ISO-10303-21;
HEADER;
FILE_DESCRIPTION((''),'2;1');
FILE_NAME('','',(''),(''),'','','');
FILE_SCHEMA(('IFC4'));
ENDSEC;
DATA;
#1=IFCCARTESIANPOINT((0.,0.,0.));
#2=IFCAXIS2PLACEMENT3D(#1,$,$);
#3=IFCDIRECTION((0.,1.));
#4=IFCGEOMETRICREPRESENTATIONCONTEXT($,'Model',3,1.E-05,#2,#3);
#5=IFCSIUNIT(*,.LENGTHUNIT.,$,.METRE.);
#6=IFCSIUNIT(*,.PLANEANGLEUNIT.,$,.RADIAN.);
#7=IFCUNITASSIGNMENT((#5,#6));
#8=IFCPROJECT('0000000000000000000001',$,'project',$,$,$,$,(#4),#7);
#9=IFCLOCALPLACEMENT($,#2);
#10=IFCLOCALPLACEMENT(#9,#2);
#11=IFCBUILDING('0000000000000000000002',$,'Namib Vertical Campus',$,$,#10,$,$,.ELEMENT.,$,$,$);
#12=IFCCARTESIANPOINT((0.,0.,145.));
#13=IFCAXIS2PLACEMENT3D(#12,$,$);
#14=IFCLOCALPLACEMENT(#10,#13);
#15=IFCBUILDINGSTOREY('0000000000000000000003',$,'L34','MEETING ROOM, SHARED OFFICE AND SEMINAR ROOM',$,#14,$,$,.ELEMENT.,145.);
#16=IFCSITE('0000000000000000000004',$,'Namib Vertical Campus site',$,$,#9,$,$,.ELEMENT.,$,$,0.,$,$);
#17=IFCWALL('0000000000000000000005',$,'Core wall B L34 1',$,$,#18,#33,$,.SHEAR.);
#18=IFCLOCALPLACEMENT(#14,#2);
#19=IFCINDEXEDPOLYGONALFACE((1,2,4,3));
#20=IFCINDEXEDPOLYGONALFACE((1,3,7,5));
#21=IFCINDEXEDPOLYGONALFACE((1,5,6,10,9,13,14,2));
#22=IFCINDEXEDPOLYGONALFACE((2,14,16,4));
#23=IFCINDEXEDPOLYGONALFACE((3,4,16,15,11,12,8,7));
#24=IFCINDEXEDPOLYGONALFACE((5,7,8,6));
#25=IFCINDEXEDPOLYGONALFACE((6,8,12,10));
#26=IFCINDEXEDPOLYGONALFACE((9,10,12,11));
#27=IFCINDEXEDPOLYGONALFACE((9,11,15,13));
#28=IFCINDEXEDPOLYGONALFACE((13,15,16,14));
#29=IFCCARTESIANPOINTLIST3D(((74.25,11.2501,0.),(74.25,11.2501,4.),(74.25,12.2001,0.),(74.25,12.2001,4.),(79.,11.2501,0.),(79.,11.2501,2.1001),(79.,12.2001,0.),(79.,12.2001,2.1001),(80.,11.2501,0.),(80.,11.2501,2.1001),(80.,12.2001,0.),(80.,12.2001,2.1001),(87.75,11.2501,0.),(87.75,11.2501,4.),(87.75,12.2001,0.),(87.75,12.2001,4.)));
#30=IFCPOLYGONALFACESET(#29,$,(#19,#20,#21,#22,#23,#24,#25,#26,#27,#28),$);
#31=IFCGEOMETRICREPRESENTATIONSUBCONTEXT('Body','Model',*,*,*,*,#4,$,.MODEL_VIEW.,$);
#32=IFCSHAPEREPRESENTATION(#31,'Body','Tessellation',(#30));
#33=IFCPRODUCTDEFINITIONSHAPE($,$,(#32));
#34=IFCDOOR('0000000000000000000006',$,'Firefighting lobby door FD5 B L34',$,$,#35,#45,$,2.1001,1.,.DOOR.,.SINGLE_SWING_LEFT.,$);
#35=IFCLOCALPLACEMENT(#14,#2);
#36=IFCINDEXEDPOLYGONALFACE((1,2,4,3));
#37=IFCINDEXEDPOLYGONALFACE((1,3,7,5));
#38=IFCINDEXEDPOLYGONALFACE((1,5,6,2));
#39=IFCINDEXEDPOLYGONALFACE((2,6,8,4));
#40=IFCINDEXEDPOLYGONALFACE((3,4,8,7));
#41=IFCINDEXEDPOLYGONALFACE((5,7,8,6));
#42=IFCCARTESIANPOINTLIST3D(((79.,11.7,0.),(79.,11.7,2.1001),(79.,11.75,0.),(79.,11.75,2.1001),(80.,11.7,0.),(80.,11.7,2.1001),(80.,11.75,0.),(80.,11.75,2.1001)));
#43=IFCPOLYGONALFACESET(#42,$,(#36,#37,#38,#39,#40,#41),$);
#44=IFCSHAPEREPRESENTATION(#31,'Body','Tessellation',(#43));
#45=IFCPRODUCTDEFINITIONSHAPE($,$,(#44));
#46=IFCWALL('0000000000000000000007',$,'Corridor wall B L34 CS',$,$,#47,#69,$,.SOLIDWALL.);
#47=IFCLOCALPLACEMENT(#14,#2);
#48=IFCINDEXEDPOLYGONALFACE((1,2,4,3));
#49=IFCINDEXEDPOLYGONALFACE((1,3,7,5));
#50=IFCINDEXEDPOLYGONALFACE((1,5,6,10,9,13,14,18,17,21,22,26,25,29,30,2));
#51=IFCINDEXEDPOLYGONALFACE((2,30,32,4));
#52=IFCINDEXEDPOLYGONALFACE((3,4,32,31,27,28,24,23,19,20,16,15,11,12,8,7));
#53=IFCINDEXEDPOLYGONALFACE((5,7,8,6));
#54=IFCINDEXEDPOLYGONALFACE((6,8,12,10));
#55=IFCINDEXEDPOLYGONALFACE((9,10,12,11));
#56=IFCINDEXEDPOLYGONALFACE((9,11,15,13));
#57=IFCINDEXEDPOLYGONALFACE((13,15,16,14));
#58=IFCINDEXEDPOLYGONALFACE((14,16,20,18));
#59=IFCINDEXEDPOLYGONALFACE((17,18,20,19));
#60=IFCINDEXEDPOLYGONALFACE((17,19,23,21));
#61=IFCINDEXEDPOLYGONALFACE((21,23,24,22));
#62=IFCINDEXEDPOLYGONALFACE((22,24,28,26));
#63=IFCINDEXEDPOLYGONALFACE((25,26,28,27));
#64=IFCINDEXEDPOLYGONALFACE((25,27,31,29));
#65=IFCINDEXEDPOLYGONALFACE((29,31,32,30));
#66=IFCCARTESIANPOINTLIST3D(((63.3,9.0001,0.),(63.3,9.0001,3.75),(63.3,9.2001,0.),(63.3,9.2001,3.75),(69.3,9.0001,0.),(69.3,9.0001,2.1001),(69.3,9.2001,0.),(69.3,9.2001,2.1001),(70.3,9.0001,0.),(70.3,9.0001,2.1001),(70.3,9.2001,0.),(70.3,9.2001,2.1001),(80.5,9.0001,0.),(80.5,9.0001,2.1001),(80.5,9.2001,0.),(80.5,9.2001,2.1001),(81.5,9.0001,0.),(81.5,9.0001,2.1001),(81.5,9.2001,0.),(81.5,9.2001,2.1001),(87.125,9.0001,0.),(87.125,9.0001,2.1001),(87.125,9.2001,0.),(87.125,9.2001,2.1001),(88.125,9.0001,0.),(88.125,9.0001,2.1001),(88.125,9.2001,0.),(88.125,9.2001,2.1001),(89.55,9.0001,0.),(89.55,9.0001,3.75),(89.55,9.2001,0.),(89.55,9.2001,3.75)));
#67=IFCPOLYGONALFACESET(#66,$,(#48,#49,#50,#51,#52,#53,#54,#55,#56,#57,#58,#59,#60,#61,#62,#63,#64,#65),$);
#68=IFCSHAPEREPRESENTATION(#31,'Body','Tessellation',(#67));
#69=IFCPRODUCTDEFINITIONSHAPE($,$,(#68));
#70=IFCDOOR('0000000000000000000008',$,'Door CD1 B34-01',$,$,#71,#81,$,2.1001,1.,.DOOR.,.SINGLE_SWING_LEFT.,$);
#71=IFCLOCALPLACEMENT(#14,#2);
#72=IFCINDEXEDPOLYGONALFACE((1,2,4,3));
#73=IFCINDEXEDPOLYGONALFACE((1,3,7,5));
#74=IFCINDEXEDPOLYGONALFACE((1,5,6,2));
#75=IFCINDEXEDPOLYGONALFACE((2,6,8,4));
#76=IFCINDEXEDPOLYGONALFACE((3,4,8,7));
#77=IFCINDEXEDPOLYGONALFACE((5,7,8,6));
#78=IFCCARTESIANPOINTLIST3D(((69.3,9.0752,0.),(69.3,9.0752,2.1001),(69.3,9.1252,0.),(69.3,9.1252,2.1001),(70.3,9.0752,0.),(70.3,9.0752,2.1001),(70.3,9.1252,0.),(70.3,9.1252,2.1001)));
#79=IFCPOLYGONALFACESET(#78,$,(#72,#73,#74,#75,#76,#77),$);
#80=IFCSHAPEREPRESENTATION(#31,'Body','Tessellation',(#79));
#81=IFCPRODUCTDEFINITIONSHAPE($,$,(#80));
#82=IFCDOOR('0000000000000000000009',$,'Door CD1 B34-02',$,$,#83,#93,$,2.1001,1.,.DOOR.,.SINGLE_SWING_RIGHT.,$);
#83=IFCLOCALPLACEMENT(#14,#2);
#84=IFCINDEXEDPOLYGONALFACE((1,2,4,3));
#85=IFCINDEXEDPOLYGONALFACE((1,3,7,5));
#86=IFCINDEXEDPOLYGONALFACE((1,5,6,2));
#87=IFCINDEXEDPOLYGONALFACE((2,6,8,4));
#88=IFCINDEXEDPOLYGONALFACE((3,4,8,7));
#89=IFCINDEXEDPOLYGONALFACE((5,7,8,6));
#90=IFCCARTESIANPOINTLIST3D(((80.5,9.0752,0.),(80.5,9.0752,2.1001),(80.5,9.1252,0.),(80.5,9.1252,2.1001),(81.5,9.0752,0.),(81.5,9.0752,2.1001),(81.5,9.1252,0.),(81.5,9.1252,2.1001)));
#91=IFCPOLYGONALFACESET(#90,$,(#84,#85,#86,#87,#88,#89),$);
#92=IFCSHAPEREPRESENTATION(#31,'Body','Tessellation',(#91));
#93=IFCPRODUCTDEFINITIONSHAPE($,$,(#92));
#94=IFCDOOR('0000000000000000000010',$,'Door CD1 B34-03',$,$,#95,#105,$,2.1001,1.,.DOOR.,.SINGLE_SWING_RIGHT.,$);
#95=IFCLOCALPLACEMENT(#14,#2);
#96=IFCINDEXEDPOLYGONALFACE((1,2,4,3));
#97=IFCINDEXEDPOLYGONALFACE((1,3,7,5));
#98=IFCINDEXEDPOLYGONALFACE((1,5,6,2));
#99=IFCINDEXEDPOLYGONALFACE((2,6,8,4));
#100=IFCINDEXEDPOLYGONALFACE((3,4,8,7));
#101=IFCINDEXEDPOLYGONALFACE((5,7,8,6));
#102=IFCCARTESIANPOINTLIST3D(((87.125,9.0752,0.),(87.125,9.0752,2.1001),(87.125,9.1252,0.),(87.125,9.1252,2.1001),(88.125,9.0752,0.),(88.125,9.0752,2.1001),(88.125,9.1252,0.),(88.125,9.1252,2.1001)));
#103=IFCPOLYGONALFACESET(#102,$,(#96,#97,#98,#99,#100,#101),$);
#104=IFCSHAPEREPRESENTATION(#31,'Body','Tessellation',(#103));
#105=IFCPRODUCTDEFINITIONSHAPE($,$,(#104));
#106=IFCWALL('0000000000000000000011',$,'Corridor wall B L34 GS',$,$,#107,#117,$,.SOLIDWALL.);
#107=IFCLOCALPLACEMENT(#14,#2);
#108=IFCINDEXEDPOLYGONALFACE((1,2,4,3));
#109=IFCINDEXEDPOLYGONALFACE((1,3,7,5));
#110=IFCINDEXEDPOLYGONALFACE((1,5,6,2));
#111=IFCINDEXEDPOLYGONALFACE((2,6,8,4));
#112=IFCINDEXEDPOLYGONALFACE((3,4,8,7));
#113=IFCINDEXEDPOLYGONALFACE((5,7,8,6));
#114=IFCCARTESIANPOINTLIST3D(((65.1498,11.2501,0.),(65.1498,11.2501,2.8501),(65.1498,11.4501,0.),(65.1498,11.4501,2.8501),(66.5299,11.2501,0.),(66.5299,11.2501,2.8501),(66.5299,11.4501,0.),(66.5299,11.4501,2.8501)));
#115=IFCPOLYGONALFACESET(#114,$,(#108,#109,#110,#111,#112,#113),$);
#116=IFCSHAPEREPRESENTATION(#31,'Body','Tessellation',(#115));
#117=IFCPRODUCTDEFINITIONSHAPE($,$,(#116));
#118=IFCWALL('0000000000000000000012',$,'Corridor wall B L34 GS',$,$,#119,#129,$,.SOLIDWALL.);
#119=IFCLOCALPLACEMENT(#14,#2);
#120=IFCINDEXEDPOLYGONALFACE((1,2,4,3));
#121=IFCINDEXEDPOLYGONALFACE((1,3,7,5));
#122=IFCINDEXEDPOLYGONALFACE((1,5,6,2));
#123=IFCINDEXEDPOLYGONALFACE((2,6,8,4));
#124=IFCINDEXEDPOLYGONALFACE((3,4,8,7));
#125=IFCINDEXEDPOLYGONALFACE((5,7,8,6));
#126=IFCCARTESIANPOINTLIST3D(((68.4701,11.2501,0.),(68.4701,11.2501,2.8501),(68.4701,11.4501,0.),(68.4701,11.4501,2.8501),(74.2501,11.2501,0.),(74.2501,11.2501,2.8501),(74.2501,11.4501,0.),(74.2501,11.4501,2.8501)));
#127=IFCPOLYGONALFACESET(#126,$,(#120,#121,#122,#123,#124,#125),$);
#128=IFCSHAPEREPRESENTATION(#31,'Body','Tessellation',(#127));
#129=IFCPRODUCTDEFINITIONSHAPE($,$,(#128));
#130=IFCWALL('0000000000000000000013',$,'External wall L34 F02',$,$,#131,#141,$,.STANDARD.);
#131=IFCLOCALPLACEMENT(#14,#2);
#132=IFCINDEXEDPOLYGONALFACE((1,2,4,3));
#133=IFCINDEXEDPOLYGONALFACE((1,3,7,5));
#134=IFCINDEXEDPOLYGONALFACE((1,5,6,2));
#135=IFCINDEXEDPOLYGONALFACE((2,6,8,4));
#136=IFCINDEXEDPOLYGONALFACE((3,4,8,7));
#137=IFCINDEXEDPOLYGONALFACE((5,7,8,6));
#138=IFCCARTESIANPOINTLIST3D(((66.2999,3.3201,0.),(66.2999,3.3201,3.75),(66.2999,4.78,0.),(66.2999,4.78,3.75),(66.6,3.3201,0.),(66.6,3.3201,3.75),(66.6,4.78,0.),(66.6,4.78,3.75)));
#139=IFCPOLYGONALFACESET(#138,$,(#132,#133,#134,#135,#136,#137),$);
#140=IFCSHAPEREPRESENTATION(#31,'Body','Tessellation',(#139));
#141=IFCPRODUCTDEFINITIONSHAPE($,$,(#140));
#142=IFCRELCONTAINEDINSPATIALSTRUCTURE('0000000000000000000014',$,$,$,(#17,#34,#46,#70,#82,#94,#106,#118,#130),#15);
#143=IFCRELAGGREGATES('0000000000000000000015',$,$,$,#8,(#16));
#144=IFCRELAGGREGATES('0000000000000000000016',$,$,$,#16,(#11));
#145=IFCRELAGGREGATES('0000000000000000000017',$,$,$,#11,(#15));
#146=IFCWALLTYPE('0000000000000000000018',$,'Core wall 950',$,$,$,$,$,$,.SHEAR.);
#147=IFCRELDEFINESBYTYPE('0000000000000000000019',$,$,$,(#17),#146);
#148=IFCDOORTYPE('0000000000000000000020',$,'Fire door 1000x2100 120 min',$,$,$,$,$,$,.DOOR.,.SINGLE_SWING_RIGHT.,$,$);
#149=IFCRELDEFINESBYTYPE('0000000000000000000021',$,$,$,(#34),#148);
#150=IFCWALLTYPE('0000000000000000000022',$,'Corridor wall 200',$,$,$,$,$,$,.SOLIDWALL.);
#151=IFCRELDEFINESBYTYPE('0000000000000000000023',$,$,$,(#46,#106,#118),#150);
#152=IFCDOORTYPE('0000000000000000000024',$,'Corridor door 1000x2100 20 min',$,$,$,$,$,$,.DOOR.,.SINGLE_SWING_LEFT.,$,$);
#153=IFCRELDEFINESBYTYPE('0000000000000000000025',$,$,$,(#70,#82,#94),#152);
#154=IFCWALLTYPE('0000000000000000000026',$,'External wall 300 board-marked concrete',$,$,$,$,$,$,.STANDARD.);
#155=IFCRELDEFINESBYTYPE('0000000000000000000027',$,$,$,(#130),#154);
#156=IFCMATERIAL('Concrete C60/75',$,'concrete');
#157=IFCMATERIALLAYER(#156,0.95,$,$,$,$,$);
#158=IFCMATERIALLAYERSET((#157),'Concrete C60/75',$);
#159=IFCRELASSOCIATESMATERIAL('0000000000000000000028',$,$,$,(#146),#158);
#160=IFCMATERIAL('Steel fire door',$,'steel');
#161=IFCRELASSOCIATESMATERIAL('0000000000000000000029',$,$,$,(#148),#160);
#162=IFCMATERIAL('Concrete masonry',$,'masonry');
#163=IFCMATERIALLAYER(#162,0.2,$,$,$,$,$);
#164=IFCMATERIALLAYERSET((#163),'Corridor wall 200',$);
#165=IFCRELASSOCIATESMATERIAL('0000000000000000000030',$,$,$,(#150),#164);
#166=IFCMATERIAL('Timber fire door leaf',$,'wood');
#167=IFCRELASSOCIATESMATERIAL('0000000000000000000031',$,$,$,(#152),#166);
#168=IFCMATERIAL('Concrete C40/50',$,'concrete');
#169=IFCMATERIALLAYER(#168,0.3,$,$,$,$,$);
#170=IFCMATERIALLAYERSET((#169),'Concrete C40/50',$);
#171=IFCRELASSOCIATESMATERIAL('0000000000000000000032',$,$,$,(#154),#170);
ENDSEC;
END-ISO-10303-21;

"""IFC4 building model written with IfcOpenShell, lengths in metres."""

from ifc_helpers import new_model, si_unit, direction, frame, frame_2d, origin, place, context, subcontext, project, spatial, rectangle, extrude, material, layer, layer_set, type_object, element, fill, save


model = new_model("IFC4")

# Units and contexts
model_context = context("Model", 3, precision=1e-05, world=origin(), true_north=direction((0.0, 1.0)))
body_context = subcontext(model_context, "Body", "Model", "MODEL_VIEW")
ifc_project = project(units=[si_unit("LENGTHUNIT", "METRE"), si_unit("PLANEANGLEUNIT", "RADIAN")], contexts=[model_context])

# Site, building, storey
site_placement = place(None, origin())
site = spatial("IfcSite", under=ifc_project, at=site_placement, Name="Namib Vertical Campus site", CompositionType="ELEMENT", RefElevation=0.0)
building_placement = place(site_placement, origin())
building = spatial("IfcBuilding", under=site, at=building_placement, Name="Namib Vertical Campus", CompositionType="ELEMENT")
storey_placement = place(building_placement, frame((0.0, 0.0, 145.0)))
storey = spatial("IfcBuildingStorey", under=building, at=storey_placement, Name="L34", Description="MEETING ROOM, SHARED OFFICE AND SEMINAR ROOM", CompositionType="ELEMENT", Elevation=145.0)

# Wall, opening, door
ifc_material_1 = material(Name="Concrete C60/75", Category="concrete")
ifc_layer_1 = layer(ifc_material_1, 0.95)
ifc_layer_set_1 = layer_set([ifc_layer_1], Name="Concrete C60/75")
wall_type_1 = type_object("IfcWallType", Name="Core wall 950", PredefinedType="SHEAR", material=ifc_layer_set_1)
wall_1_placement = place(storey_placement, frame((74.25, 11.7251, 0.0), z_axis=(0.0, 0.0, 1.0), x_axis=(1.0, 0.0, 0.0)))
wall_1 = element("IfcWall", 1, at=wall_1_placement, inside=storey, type_object=wall_type_1, Name="Core wall B L34 1", PredefinedType="SHEAR", context=body_context, shape_type="SweptSolid", body=[
    extrude(rectangle(XDim=13.5, YDim=0.95, at=frame_2d((6.75, 0.0))), origin(), (0.0, 0.0, 1.0), 4.0),
])
opening_1_placement = place(wall_1_placement, frame((4.75, 0.0, 0.0)))
opening_1 = element("IfcOpeningElement", 2, at=opening_1_placement, cuts=wall_1, PredefinedType="OPENING", context=body_context, shape_type="SweptSolid", body=[
    extrude(rectangle(XDim=1.0, YDim=2.1001, at=frame_2d((0.5, 1.05))), frame((0.0, 0.4849, 0.0), z_axis=(0.0, -1.0, 0.0), x_axis=(1.0, 0.0, 0.0)), (0.0, 0.0, 1.0), 0.97),
])
ifc_material_2 = material(Name="Steel fire door", Category="steel")
door_type_1 = type_object("IfcDoorType", Name="Fire door 1000x2100 120 min", OperationType="SINGLE_SWING_RIGHT", PredefinedType="DOOR", material=ifc_material_2)
door_1_placement = place(opening_1_placement, origin())
door_1 = element("IfcDoor", 3, at=door_1_placement, inside=storey, type_object=door_type_1, Name="Firefighting lobby door FD5 B L34", OperationType="SINGLE_SWING_LEFT", OverallHeight=2.1001, OverallWidth=1.0, PredefinedType="DOOR", context=body_context, shape_type="SweptSolid", body=[
    extrude(rectangle(XDim=1.0, YDim=2.1001, at=frame_2d((0.5, 1.05))), frame((0.0, 0.0249, 0.0), z_axis=(0.0, -1.0, 0.0), x_axis=(1.0, 0.0, 0.0)), (0.0, 0.0, 1.0), 0.05),
])
fill(opening_1, door_1)

# Wall, openings, doors
ifc_material_3 = material(Name="Concrete masonry", Category="masonry")
ifc_layer_2 = layer(ifc_material_3, 0.2)
ifc_layer_set_2 = layer_set([ifc_layer_2], Name="Corridor wall 200")
wall_type_2 = type_object("IfcWallType", Name="Corridor wall 200", PredefinedType="SOLIDWALL", material=ifc_layer_set_2)
wall_2_placement = place(storey_placement, frame((63.3, 9.1001, 0.0), z_axis=(0.0, 0.0, 1.0), x_axis=(1.0, 0.0, 0.0)))
wall_2 = element("IfcWall", 4, at=wall_2_placement, inside=storey, type_object=wall_type_2, Name="Corridor wall B L34 CS", PredefinedType="SOLIDWALL", context=body_context, shape_type="SweptSolid", body=[
    extrude(rectangle(XDim=26.25, YDim=0.2, at=frame_2d((13.125, 0.0))), origin(), (0.0, 0.0, 1.0), 3.75),
])
opening_2_placement = place(wall_2_placement, frame((6.0, 0.0, 0.0)))
opening_2 = element("IfcOpeningElement", 5, at=opening_2_placement, cuts=wall_2, PredefinedType="OPENING", context=body_context, shape_type="SweptSolid", body=[
    extrude(rectangle(XDim=1.0, YDim=2.1001, at=frame_2d((0.5, 1.05))), frame((0.0, 0.1099, 0.0), z_axis=(0.0, -1.0, 0.0), x_axis=(1.0, 0.0, 0.0)), (0.0, 0.0, 1.0), 0.22),
])
opening_3_placement = place(wall_2_placement, frame((17.2, 0.0, 0.0)))
opening_3 = element("IfcOpeningElement", 6, at=opening_3_placement, cuts=wall_2, PredefinedType="OPENING", context=body_context, shape_type="SweptSolid", body=[
    extrude(rectangle(XDim=1.0, YDim=2.1001, at=frame_2d((0.5, 1.05))), frame((0.0, 0.1099, 0.0), z_axis=(0.0, -1.0, 0.0), x_axis=(1.0, 0.0, 0.0)), (0.0, 0.0, 1.0), 0.22),
])
opening_4_placement = place(wall_2_placement, frame((23.825, 0.0, 0.0)))
opening_4 = element("IfcOpeningElement", 7, at=opening_4_placement, cuts=wall_2, PredefinedType="OPENING", context=body_context, shape_type="SweptSolid", body=[
    extrude(rectangle(XDim=1.0, YDim=2.1001, at=frame_2d((0.5, 1.05))), frame((0.0, 0.1099, 0.0), z_axis=(0.0, -1.0, 0.0), x_axis=(1.0, 0.0, 0.0)), (0.0, 0.0, 1.0), 0.22),
])
ifc_material_4 = material(Name="Timber fire door leaf", Category="wood")
door_type_2 = type_object("IfcDoorType", Name="Corridor door 1000x2100 20 min", OperationType="SINGLE_SWING_LEFT", PredefinedType="DOOR", material=ifc_material_4)
door_2_placement = place(opening_2_placement, frame((1.0, 0.0, 0.0), z_axis=(0.0, 0.0, 1.0), x_axis=(-1.0, 0.0, 0.0)))
door_2 = element("IfcDoor", 8, at=door_2_placement, inside=storey, type_object=door_type_2, Name="Door CD1 B34-01", OperationType="SINGLE_SWING_LEFT", OverallHeight=2.1001, OverallWidth=1.0, PredefinedType="DOOR", context=body_context, shape_type="SweptSolid", body=[
    extrude(rectangle(XDim=1.0, YDim=2.1001, at=frame_2d((0.5, 1.05))), frame((0.0, 0.0249, 0.0), z_axis=(0.0, -1.0, 0.0), x_axis=(1.0, 0.0, 0.0)), (0.0, 0.0, 1.0), 0.05),
])
fill(opening_2, door_2)
door_3_placement = place(opening_3_placement, frame((1.0, 0.0, 0.0), z_axis=(0.0, 0.0, 1.0), x_axis=(-1.0, 0.0, 0.0)))
door_3 = element("IfcDoor", 9, at=door_3_placement, inside=storey, type_object=door_type_2, Name="Door CD1 B34-02", OperationType="SINGLE_SWING_RIGHT", OverallHeight=2.1001, OverallWidth=1.0, PredefinedType="DOOR", context=body_context, shape_type="SweptSolid", body=[
    extrude(rectangle(XDim=1.0, YDim=2.1001, at=frame_2d((0.5, 1.05))), frame((0.0, 0.0249, 0.0), z_axis=(0.0, -1.0, 0.0), x_axis=(1.0, 0.0, 0.0)), (0.0, 0.0, 1.0), 0.05),
])
fill(opening_3, door_3)
door_4_placement = place(opening_4_placement, frame((1.0, 0.0, 0.0), z_axis=(0.0, 0.0, 1.0), x_axis=(-1.0, 0.0, 0.0)))
door_4 = element("IfcDoor", 10, at=door_4_placement, inside=storey, type_object=door_type_2, Name="Door CD1 B34-03", OperationType="SINGLE_SWING_RIGHT", OverallHeight=2.1001, OverallWidth=1.0, PredefinedType="DOOR", context=body_context, shape_type="SweptSolid", body=[
    extrude(rectangle(XDim=1.0, YDim=2.1001, at=frame_2d((0.5, 1.05))), frame((0.0, 0.0249, 0.0), z_axis=(0.0, -1.0, 0.0), x_axis=(1.0, 0.0, 0.0)), (0.0, 0.0, 1.0), 0.05),
])
fill(opening_4, door_4)

# Walls
wall_3_placement = place(storey_placement, frame((65.1499, 11.3501, 0.0), z_axis=(0.0, 0.0, 1.0), x_axis=(1.0, 0.0, 0.0)))
element("IfcWall", 11, at=wall_3_placement, inside=storey, type_object=wall_type_2, Name="Corridor wall B L34 GS", PredefinedType="SOLIDWALL", context=body_context, shape_type="SweptSolid", body=[
    extrude(rectangle(XDim=1.3801, YDim=0.2, at=frame_2d((0.6899, 0.0))), origin(), (0.0, 0.0, 1.0), 2.8501),
])
wall_4_placement = place(storey_placement, frame((68.47, 11.3501, 0.0), z_axis=(0.0, 0.0, 1.0), x_axis=(1.0, 0.0, 0.0)))
element("IfcWall", 12, at=wall_4_placement, inside=storey, type_object=wall_type_2, Name="Corridor wall B L34 GS", PredefinedType="SOLIDWALL", context=body_context, shape_type="SweptSolid", body=[
    extrude(rectangle(XDim=5.78, YDim=0.2, at=frame_2d((2.8901, 0.0))), origin(), (0.0, 0.0, 1.0), 2.8501),
])
ifc_material_5 = material(Name="Concrete C40/50", Category="concrete")
ifc_layer_3 = layer(ifc_material_5, 0.3)
ifc_layer_set_3 = layer_set([ifc_layer_3], Name="Concrete C40/50")
wall_type_3 = type_object("IfcWallType", Name="External wall 300 board-marked concrete", PredefinedType="STANDARD", material=ifc_layer_set_3)
wall_5_placement = place(storey_placement, frame((66.45, 4.78, 0.0), z_axis=(0.0, 0.0, 1.0), x_axis=(0.0, -1.0, 0.0)))
element("IfcWall", 13, at=wall_5_placement, inside=storey, type_object=wall_type_3, Name="External wall L34 F02", PredefinedType="STANDARD", context=body_context, shape_type="SweptSolid", body=[
    extrude(rectangle(XDim=1.46, YDim=0.3, at=frame_2d((0.73, 0.0))), origin(), (0.0, 0.0, 1.0), 3.75),
])

save(model, "model.ifc")
